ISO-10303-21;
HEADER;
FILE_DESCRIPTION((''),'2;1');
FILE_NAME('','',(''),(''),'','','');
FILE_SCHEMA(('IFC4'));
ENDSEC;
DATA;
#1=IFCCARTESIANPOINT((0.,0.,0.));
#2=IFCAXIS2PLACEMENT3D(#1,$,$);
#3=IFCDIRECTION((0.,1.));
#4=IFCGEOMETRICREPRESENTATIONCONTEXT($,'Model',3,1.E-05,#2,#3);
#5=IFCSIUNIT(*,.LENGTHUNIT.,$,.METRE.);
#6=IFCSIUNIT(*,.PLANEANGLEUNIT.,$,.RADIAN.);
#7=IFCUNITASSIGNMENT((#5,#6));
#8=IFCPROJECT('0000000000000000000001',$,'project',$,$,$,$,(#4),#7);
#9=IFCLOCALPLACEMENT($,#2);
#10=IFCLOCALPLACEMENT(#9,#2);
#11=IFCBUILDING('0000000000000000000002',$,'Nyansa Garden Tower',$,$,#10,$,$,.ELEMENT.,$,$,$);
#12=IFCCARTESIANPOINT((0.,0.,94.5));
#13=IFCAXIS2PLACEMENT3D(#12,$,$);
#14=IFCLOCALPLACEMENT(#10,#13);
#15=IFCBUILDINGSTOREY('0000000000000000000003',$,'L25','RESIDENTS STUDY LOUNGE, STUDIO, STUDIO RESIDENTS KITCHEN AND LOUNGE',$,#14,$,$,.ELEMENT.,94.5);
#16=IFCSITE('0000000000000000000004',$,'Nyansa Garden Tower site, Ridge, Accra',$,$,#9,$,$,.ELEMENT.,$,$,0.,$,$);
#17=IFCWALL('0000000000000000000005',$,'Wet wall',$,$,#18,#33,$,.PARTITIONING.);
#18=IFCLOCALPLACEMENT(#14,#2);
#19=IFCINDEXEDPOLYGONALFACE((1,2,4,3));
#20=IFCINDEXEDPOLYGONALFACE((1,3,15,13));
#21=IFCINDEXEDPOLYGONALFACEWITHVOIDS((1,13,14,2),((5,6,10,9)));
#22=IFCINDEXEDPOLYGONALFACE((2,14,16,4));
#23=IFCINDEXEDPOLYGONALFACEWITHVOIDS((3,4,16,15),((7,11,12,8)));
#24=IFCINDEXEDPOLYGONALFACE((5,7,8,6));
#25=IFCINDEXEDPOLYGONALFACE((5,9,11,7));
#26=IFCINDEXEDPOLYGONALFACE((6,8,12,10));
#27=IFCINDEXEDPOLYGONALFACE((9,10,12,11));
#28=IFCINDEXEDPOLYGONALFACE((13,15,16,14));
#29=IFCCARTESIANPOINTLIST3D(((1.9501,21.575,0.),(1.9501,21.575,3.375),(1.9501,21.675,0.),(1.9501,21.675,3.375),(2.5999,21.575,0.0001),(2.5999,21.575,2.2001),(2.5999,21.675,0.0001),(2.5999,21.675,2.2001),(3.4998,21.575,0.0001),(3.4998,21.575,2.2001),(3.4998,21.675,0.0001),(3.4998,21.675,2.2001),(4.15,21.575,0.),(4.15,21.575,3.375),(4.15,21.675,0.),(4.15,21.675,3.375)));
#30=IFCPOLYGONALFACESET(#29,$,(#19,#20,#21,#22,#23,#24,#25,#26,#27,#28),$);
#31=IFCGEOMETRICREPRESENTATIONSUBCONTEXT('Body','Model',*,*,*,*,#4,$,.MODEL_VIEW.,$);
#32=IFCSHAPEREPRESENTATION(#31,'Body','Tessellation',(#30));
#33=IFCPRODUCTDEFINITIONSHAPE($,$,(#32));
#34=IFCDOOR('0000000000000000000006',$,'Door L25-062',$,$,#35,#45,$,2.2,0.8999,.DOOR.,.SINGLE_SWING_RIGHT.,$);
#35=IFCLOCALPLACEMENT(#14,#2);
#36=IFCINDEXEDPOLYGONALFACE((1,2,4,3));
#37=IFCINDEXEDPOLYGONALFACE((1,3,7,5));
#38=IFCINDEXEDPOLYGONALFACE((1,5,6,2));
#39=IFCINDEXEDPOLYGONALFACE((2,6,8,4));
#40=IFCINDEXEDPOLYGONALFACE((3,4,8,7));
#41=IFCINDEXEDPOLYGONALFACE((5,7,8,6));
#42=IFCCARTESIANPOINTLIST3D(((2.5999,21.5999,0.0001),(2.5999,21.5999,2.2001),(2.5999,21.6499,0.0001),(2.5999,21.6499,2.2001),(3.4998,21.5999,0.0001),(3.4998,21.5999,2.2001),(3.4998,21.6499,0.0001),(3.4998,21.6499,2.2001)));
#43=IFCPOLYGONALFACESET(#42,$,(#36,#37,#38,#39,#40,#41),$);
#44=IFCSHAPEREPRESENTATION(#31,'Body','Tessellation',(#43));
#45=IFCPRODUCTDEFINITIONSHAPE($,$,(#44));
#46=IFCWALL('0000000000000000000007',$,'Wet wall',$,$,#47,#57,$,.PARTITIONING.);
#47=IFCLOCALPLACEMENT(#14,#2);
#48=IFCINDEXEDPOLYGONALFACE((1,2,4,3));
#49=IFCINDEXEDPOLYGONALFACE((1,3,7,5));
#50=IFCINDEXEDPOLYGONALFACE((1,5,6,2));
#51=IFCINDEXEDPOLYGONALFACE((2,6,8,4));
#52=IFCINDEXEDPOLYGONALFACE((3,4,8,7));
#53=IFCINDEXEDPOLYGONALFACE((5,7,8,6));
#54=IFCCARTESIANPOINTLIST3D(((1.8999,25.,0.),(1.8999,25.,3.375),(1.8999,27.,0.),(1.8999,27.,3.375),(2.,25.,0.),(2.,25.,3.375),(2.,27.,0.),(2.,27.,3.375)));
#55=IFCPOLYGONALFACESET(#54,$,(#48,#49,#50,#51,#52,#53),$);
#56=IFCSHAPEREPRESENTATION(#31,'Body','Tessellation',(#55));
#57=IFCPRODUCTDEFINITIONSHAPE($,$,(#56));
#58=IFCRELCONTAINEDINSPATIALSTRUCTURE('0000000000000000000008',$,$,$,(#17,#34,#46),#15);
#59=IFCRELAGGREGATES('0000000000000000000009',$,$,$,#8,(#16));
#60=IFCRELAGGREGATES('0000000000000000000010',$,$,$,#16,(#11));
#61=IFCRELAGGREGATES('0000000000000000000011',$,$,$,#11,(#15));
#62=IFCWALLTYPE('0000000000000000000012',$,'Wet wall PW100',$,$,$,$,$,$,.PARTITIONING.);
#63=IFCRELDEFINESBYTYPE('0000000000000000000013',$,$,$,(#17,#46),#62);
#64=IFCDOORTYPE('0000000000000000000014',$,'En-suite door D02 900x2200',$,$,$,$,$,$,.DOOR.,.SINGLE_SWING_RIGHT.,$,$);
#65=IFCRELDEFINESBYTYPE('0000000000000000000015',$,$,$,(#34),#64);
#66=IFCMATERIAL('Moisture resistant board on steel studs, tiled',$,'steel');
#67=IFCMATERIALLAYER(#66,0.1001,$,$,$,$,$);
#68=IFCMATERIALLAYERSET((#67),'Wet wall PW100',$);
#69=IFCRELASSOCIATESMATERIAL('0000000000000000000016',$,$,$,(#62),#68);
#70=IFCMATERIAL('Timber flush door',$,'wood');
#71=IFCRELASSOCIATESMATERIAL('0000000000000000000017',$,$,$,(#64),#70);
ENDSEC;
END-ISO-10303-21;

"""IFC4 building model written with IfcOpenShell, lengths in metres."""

from ifc_helpers import new_model, si_unit, direction, frame, frame_2d, origin, place, context, subcontext, project, spatial, rectangle, extrude, material, layer, layer_set, type_object, element, fill, save


model = new_model("IFC4")

# Units and contexts
model_context = context("Model", 3, precision=1e-05, world=origin(), true_north=direction((0.0, 1.0)))
body_context = subcontext(model_context, "Body", "Model", "MODEL_VIEW")
ifc_project = project(units=[si_unit("LENGTHUNIT", "METRE"), si_unit("PLANEANGLEUNIT", "RADIAN")], contexts=[model_context])

# Site, building, storey
site_placement = place(None, origin())
site = spatial("IfcSite", under=ifc_project, at=site_placement, Name="Nyansa Garden Tower site, Ridge, Accra", CompositionType="ELEMENT", RefElevation=0.0)
building_placement = place(site_placement, origin())
building = spatial("IfcBuilding", under=site, at=building_placement, Name="Nyansa Garden Tower", CompositionType="ELEMENT")
storey_placement = place(building_placement, frame((0.0, 0.0, 94.5)))
storey = spatial("IfcBuildingStorey", under=building, at=storey_placement, Name="L25", Description="RESIDENTS STUDY LOUNGE, STUDIO, STUDIO RESIDENTS KITCHEN AND LOUNGE", CompositionType="ELEMENT", Elevation=94.5)

# Shared definitions
ifc_material_1 = material(Name="Moisture resistant board on steel studs, tiled", Category="steel")
ifc_layer_1 = layer(ifc_material_1, 0.1001)
ifc_layer_set_1 = layer_set([ifc_layer_1], Name="Wet wall PW100")
wall_type_1 = type_object("IfcWallType", Name="Wet wall PW100", PredefinedType="PARTITIONING", material=ifc_layer_set_1)

# Shared definitions
ifc_material_2 = material(Name="Timber flush door", Category="wood")
door_type = type_object("IfcDoorType", Name="En-suite door D02 900x2200", OperationType="SINGLE_SWING_RIGHT", PredefinedType="DOOR", material=ifc_material_2)

# Wall, opening, door
wall_1_placement = place(storey_placement, frame((1.95, 21.625, 0.0), z_axis=(0.0, 0.0, 1.0), x_axis=(1.0, 0.0, 0.0)))
wall_1 = element("IfcWall", 1, at=wall_1_placement, inside=storey, type_object=wall_type_1, Name="Wet wall", PredefinedType="PARTITIONING", context=body_context, shape_type="SweptSolid", body=[
    extrude(rectangle(XDim=2.2, YDim=0.1001, at=frame_2d((1.1001, 0.0))), origin(), (0.0, 0.0, 1.0), 3.375),
])
opening_1_placement = place(wall_1_placement, frame((0.6499, 0.0, 0.0)))
opening_1 = element("IfcOpeningElement", 2, at=opening_1_placement, cuts=wall_1, PredefinedType="OPENING", context=body_context, shape_type="SweptSolid", body=[
    extrude(rectangle(XDim=0.8999, YDim=2.2, at=frame_2d((0.45, 1.1001))), frame((0.0, 0.0601, 0.0), z_axis=(0.0, -1.0, 0.0), x_axis=(1.0, 0.0, 0.0)), (0.0, 0.0, 1.0), 0.1201),
])
door_1_placement = place(opening_1_placement, origin())
door_1 = element("IfcDoor", 3, at=door_1_placement, inside=storey, type_object=door_type, Name="Door L25-062", OperationType="SINGLE_SWING_RIGHT", OverallHeight=2.2, OverallWidth=0.8999, PredefinedType="DOOR", context=body_context, shape_type="SweptSolid", body=[
    extrude(rectangle(XDim=0.8999, YDim=2.2, at=frame_2d((0.45, 1.1001))), frame((0.0, 0.0249, 0.0), z_axis=(0.0, -1.0, 0.0), x_axis=(1.0, 0.0, 0.0)), (0.0, 0.0, 1.0), 0.05),
])
fill(opening_1, door_1)

# Wall
wall_2_placement = place(storey_placement, frame((1.95, 25.0, 0.0), z_axis=(0.0, 0.0, 1.0), x_axis=(0.0, 1.0, 0.0)))
element("IfcWall", 4, at=wall_2_placement, inside=storey, type_object=wall_type_1, Name="Wet wall", PredefinedType="PARTITIONING", context=body_context, shape_type="SweptSolid", body=[
    extrude(rectangle(XDim=2.0, YDim=0.1001, at=frame_2d((1.0, 0.0))), origin(), (0.0, 0.0, 1.0), 3.375),
])

save(model, "model.ifc")
